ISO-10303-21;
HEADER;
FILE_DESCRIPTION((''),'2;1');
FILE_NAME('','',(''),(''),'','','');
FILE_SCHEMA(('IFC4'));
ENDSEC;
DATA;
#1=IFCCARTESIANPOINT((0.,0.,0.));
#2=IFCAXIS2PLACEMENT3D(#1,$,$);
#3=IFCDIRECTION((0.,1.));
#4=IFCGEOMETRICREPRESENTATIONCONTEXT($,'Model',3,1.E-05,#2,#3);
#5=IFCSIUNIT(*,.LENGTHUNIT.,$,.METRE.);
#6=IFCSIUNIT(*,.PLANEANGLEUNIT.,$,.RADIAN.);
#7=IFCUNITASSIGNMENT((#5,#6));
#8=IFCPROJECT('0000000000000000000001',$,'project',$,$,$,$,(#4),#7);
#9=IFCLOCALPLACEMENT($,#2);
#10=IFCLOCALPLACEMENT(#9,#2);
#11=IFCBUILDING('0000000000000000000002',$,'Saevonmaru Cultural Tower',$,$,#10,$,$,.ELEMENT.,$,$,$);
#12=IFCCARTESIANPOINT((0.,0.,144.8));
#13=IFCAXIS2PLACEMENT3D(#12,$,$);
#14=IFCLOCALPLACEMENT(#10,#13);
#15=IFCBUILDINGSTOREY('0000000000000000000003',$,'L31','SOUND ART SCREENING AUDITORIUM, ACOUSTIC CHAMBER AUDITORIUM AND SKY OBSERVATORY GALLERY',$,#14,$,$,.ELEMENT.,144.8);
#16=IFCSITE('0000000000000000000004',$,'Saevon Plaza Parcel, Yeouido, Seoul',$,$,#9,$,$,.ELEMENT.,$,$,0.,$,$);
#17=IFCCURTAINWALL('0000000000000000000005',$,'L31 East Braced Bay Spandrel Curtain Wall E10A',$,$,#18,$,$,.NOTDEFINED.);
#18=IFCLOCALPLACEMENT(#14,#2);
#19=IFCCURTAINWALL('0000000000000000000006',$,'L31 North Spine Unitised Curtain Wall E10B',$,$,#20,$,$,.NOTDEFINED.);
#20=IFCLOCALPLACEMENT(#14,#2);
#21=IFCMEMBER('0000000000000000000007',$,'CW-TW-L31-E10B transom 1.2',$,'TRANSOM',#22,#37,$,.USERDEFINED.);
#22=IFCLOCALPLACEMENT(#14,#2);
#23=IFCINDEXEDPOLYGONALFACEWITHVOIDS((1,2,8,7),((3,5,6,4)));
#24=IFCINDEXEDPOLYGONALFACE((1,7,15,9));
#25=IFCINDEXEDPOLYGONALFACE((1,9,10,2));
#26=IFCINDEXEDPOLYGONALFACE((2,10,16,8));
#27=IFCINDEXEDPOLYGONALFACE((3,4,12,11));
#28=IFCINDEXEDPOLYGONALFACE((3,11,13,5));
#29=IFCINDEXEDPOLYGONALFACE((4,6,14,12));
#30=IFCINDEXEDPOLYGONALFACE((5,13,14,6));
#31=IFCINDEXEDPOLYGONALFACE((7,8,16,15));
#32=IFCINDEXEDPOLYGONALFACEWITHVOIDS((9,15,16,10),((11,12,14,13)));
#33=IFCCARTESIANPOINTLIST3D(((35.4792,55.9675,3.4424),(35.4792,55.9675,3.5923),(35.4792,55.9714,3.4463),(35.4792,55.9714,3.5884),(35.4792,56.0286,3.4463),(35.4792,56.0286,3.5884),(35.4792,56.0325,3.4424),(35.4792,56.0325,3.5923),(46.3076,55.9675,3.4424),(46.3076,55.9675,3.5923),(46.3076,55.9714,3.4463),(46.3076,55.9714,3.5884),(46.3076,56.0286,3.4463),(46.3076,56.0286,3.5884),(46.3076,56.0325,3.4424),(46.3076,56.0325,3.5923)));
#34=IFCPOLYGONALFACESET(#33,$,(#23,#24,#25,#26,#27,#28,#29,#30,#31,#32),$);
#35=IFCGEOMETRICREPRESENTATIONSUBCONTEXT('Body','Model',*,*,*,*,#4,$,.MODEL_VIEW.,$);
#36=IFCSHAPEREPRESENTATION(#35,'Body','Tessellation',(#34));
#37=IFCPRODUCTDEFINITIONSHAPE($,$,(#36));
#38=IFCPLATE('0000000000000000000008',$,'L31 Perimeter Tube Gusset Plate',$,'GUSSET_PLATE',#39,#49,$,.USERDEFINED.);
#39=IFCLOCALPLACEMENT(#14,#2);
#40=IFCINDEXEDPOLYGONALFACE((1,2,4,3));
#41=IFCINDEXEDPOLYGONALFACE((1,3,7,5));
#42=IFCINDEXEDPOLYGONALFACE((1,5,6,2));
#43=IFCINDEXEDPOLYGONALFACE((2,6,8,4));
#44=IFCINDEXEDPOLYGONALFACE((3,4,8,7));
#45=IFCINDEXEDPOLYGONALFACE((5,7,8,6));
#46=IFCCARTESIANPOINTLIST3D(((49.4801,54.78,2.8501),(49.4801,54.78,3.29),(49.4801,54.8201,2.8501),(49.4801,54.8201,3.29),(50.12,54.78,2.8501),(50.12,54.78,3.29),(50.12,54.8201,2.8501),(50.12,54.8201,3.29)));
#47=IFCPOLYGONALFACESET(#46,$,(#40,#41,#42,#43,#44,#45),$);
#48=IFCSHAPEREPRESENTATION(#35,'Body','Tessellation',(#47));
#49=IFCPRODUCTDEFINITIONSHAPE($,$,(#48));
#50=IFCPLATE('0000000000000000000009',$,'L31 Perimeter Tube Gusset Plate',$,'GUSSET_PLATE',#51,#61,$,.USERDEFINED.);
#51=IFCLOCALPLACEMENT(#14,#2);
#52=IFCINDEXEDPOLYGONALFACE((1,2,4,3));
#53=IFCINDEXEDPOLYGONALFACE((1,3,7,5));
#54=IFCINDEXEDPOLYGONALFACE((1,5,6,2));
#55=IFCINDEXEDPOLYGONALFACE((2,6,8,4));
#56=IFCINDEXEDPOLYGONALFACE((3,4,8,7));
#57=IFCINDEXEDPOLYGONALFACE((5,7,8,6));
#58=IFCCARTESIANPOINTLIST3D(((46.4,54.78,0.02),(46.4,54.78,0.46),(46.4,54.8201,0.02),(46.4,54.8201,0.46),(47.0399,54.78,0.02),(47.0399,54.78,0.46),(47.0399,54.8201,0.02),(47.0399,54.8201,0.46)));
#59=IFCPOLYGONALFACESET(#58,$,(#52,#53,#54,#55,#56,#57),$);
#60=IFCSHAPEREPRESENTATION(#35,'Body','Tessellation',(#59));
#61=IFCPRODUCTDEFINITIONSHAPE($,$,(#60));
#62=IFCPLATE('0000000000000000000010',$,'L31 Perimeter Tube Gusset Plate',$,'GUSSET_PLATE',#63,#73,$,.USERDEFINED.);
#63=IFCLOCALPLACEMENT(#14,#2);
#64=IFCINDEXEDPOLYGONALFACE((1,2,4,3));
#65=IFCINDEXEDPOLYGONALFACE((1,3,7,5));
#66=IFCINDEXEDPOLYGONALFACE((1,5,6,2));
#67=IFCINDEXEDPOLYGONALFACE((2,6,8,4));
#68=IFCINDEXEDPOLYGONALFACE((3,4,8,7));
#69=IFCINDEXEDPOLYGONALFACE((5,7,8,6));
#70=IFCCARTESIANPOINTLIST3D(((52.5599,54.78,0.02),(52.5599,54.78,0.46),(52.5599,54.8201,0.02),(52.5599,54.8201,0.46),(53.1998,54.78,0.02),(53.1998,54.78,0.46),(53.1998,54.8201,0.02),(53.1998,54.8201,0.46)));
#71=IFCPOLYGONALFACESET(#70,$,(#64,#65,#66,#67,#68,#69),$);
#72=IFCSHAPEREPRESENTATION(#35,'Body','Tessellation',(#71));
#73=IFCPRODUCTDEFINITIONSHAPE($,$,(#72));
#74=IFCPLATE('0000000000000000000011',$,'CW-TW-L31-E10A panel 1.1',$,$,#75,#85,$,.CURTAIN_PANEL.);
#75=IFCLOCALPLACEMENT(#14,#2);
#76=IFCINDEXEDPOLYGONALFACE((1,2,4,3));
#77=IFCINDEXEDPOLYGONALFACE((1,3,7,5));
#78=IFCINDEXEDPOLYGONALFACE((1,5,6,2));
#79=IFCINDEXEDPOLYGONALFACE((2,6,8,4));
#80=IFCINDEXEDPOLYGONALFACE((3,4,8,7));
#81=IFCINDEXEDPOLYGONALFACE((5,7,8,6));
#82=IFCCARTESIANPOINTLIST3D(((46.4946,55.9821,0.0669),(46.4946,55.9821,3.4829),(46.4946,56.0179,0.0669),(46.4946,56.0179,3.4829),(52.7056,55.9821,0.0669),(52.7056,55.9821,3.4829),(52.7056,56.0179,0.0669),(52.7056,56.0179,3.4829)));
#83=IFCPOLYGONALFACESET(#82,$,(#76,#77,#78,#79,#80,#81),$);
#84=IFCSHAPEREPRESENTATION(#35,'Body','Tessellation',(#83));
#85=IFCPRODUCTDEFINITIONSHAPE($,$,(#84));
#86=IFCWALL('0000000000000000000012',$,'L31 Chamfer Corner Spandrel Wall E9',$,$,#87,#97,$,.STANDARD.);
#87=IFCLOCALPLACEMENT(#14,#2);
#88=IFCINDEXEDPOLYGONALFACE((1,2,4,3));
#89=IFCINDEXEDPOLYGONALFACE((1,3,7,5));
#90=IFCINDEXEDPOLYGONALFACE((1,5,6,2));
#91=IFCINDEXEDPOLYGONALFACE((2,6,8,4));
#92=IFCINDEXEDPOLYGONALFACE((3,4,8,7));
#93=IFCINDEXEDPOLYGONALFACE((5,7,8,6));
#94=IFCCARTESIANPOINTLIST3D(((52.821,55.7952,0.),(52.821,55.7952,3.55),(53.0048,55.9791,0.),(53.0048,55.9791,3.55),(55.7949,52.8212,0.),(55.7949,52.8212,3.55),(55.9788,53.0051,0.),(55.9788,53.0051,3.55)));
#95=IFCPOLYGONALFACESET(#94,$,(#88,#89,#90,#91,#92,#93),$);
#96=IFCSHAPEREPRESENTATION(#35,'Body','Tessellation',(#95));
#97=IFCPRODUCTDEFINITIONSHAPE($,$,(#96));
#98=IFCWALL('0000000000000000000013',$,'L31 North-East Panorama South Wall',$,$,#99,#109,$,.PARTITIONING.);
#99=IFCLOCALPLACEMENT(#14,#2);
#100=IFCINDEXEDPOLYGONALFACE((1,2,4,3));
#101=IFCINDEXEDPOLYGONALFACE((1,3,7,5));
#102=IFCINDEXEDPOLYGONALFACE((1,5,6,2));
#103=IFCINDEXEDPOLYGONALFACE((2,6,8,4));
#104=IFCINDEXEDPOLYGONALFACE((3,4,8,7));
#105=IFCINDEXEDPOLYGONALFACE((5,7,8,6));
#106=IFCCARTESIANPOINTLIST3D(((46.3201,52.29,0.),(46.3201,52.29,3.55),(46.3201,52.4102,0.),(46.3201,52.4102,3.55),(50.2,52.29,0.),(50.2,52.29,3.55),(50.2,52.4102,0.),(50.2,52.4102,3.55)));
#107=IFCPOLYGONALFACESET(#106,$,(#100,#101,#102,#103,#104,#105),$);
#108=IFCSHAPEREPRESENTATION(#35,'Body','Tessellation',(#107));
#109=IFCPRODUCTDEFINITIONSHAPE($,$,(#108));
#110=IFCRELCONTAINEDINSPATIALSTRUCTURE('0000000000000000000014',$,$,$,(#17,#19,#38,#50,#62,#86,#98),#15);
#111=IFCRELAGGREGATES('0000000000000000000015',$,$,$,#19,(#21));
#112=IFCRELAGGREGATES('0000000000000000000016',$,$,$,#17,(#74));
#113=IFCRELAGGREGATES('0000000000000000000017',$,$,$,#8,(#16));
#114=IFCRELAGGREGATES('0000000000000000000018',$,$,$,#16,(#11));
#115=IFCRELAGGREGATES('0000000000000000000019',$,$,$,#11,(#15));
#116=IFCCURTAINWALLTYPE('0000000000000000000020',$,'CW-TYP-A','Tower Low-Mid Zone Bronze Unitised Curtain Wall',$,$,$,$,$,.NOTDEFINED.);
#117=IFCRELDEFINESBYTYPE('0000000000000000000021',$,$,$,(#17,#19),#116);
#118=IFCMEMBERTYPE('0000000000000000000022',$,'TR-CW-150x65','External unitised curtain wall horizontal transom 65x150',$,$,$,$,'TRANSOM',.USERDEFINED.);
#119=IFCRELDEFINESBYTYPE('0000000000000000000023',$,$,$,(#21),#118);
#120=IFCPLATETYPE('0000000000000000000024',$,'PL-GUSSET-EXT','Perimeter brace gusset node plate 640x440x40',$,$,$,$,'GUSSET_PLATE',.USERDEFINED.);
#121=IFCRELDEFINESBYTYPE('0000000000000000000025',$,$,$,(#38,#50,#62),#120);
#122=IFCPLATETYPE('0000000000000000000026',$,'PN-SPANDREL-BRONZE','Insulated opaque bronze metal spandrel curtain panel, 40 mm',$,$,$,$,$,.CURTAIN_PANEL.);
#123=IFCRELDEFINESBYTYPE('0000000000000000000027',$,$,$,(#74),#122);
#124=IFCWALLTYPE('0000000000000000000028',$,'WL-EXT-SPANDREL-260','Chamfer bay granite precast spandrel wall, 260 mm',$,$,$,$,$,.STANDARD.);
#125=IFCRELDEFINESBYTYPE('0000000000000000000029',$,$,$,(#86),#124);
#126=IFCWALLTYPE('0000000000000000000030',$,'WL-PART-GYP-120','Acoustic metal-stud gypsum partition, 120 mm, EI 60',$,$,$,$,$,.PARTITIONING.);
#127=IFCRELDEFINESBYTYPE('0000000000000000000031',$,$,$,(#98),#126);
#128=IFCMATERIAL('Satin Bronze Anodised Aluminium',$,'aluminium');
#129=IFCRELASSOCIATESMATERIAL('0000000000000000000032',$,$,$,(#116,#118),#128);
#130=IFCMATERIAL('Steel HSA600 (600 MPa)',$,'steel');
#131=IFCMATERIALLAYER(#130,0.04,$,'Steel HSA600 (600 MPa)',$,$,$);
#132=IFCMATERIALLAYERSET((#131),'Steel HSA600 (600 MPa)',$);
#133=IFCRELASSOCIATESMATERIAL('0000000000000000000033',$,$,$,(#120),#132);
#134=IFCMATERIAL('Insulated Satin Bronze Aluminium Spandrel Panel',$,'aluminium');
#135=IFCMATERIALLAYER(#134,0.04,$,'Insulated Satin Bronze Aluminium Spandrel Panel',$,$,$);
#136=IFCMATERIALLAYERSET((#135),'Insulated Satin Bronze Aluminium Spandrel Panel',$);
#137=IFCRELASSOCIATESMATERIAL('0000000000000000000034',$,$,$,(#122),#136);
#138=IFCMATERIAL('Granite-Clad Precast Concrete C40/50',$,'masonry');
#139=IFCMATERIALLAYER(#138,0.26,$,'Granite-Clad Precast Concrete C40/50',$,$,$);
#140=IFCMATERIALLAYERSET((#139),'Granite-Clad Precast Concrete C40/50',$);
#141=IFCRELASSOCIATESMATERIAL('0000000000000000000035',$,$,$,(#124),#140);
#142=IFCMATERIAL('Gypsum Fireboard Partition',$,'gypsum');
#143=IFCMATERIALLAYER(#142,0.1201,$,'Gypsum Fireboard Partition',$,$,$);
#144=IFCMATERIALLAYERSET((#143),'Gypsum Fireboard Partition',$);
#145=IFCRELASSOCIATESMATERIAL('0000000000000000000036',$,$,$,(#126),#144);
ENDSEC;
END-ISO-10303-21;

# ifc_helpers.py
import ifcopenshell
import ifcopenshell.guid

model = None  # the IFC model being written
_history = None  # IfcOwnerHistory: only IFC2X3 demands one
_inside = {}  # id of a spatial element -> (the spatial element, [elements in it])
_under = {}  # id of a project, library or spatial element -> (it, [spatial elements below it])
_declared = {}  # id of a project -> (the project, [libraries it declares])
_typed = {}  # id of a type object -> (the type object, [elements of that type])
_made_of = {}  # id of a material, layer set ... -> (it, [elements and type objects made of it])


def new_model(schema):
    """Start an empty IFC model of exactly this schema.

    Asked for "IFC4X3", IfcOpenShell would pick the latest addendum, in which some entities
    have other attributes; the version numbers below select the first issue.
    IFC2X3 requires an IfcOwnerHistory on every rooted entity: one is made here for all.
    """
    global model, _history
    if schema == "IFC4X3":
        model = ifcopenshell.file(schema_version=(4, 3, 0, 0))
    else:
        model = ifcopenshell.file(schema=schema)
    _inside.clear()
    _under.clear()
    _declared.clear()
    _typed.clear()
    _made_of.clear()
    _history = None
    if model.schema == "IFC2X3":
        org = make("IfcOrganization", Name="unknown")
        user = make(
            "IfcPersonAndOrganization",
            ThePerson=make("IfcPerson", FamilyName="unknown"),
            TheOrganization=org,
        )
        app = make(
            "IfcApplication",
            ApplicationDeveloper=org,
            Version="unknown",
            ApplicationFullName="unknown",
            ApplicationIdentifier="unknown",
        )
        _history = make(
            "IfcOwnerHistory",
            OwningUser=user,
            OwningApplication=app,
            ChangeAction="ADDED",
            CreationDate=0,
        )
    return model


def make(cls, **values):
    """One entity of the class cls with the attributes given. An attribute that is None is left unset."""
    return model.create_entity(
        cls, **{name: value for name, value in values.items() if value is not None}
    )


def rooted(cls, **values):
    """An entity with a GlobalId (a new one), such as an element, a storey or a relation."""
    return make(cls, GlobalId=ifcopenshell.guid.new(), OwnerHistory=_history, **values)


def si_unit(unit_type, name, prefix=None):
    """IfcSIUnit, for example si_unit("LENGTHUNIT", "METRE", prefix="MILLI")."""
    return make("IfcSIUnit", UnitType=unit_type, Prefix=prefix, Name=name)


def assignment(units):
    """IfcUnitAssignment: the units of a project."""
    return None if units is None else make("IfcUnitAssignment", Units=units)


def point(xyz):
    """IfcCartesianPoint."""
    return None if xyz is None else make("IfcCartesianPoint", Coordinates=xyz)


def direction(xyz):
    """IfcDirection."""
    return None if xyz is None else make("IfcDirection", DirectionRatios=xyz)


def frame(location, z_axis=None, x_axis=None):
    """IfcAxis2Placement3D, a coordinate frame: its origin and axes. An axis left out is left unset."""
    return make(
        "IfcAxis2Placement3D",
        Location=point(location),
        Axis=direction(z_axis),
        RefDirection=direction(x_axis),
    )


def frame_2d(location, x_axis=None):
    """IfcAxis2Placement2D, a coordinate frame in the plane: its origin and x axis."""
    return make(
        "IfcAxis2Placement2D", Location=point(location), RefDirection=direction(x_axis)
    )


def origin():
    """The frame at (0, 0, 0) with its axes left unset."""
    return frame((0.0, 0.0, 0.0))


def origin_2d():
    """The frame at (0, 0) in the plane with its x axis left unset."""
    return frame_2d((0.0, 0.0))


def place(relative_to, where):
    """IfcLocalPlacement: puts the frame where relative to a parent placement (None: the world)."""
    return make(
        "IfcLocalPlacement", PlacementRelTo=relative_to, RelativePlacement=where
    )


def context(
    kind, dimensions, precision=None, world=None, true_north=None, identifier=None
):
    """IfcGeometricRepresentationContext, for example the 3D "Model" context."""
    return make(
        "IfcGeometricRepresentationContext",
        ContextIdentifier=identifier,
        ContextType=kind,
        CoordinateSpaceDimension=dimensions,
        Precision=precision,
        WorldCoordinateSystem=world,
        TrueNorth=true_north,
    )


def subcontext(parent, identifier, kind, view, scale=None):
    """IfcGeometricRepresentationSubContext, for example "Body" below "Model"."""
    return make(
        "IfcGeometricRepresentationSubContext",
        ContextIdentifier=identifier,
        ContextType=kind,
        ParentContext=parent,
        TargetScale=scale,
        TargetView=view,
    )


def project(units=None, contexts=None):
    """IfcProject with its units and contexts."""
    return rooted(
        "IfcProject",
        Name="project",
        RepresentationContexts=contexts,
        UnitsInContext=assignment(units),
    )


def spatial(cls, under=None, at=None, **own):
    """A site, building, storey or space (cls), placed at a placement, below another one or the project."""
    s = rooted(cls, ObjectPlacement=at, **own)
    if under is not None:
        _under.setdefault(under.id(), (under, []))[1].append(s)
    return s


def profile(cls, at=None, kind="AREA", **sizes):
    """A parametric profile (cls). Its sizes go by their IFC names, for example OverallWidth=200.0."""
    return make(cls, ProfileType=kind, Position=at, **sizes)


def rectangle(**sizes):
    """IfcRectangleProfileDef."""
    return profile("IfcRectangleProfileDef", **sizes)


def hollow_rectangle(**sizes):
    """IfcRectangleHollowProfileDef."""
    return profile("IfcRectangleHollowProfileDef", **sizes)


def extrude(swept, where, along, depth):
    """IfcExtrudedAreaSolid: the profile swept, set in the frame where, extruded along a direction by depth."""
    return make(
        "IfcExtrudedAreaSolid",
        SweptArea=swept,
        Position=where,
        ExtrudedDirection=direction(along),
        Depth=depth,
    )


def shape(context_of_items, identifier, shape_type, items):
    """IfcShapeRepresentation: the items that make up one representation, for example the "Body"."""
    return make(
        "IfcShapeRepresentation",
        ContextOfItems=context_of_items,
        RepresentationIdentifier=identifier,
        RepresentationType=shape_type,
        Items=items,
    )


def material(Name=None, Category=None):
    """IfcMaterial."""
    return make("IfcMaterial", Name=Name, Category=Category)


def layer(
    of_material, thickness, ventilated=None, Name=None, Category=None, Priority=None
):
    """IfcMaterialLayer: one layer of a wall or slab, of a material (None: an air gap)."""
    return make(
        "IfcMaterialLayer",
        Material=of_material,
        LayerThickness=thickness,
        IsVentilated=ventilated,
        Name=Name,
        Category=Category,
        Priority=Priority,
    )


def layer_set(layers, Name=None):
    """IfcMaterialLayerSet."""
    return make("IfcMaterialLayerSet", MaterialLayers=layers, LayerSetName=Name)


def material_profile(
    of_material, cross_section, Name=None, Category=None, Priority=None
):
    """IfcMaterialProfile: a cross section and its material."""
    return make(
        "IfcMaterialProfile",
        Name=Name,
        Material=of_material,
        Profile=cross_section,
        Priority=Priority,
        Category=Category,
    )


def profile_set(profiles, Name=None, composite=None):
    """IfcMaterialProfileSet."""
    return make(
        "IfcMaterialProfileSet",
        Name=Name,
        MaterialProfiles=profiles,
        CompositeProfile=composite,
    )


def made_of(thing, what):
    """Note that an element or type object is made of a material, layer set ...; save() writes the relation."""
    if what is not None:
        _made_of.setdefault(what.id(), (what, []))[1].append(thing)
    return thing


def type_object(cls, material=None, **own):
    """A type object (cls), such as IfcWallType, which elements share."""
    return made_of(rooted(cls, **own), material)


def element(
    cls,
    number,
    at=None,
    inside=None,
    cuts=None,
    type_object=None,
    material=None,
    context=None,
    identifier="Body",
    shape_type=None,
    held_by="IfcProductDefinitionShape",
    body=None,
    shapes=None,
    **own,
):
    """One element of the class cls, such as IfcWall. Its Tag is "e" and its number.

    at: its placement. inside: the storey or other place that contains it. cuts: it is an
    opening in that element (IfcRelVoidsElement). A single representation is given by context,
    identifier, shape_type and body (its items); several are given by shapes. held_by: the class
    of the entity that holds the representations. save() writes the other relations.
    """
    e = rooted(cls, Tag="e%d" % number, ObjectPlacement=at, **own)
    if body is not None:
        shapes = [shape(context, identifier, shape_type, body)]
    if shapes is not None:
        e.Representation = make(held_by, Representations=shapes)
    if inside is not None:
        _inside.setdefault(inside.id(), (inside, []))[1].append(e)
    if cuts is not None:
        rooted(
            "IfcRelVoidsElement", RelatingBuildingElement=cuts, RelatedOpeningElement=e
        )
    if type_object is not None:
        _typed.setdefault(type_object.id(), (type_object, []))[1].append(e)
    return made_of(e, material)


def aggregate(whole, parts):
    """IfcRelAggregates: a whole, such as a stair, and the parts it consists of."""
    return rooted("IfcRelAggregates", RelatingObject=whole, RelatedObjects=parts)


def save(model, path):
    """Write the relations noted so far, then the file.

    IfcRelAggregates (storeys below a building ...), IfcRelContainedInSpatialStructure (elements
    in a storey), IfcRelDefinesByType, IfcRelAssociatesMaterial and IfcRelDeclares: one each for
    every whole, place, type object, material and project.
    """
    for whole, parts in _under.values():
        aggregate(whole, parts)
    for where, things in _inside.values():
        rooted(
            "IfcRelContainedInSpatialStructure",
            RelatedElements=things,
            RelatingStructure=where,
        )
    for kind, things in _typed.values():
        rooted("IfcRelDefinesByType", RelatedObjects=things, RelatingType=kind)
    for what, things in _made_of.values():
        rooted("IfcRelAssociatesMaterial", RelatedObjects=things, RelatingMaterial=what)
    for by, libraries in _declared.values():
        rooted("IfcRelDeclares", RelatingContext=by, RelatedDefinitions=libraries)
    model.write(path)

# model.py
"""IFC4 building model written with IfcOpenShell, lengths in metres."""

from ifc_helpers import new_model, si_unit, direction, frame, frame_2d, origin, origin_2d, place, context, subcontext, project, spatial, rectangle, hollow_rectangle, extrude, material, layer, layer_set, material_profile, profile_set, type_object, element, aggregate, save


model = new_model("IFC4")

# Units and contexts
model_context = context("Model", 3, precision=1e-05, world=origin(), true_north=direction((0.0, 1.0)))
body_context = subcontext(model_context, "Body", "Model", "MODEL_VIEW")
ifc_project = project(units=[si_unit("LENGTHUNIT", "METRE"), si_unit("PLANEANGLEUNIT", "RADIAN")], contexts=[model_context])

# Site, building, storey
site_placement = place(None, origin())
site = spatial("IfcSite", under=ifc_project, at=site_placement, Name="Saevon Plaza Parcel, Yeouido, Seoul", CompositionType="ELEMENT", RefElevation=0.0)
building_placement = place(site_placement, origin())
building = spatial("IfcBuilding", under=site, at=building_placement, Name="Saevonmaru Cultural Tower", CompositionType="ELEMENT")
storey_placement = place(building_placement, frame((0.0, 0.0, 144.8)))
storey = spatial("IfcBuildingStorey", under=building, at=storey_placement, Name="L31", Description="SOUND ART SCREENING AUDITORIUM, ACOUSTIC CHAMBER AUDITORIUM AND SKY OBSERVATORY GALLERY", CompositionType="ELEMENT", Elevation=144.8)

# Shared definitions
ifc_material_1 = material(Name="Satin Bronze Anodised Aluminium", Category="aluminium")
curtain_wall_type = type_object("IfcCurtainWallType", Name="CW-TYP-A", Description="Tower Low-Mid Zone Bronze Unitised Curtain Wall", PredefinedType="NOTDEFINED", material=ifc_material_1)

# Curtain wall
curtain_wall_1_placement = place(storey_placement, origin())
curtain_wall_1 = element("IfcCurtainWall", 1, at=curtain_wall_1_placement, inside=storey, type_object=curtain_wall_type, Name="L31 East Braced Bay Spandrel Curtain Wall E10A", PredefinedType="NOTDEFINED")

# Curtain wall
curtain_wall_2_placement = place(storey_placement, origin())
curtain_wall_2 = element("IfcCurtainWall", 2, at=curtain_wall_2_placement, inside=storey, type_object=curtain_wall_type, Name="L31 North Spine Unitised Curtain Wall E10B", PredefinedType="NOTDEFINED")

# Member
ifc_material_profile_1 = material_profile(ifc_material_1, hollow_rectangle(XDim=0.0649, YDim=0.1499, WallThickness=0.0039, at=origin_2d()), Name="ALU-TRAN-150x65x4")
ifc_profile_set_1 = profile_set([ifc_material_profile_1], Name="Satin Bronze Anodised Aluminium")
member_type_1 = type_object("IfcMemberType", Name="TR-CW-150x65", Description="External unitised curtain wall horizontal transom 65x150", ElementType="TRANSOM", PredefinedType="USERDEFINED", material=ifc_profile_set_1)
member_1_placement = place(storey_placement, frame((46.3076, 56.0, 3.5173), z_axis=(-1.0, 0.0, 0.0), x_axis=(0.0, -1.0, 0.0)))
member_1 = element("IfcMember", 3, at=member_1_placement, type_object=member_type_1, Name="CW-TW-L31-E10B transom 1.2", ObjectType="TRANSOM", PredefinedType="USERDEFINED", context=body_context, shape_type="SweptSolid", body=[
    extrude(hollow_rectangle(XDim=0.0649, YDim=0.1499, WallThickness=0.0039, at=origin_2d()), origin(), (0.0, 0.0, 1.0), 10.8284),
])
aggregate(curtain_wall_2, [member_1])

# Plates
ifc_material_2 = material(Name="Steel HSA600 (600 MPa)", Category="steel")
ifc_layer_1 = layer(ifc_material_2, 0.04, Name="Steel HSA600 (600 MPa)")
ifc_layer_set_1 = layer_set([ifc_layer_1], Name="Steel HSA600 (600 MPa)")
plate_type_1 = type_object("IfcPlateType", Name="PL-GUSSET-EXT", Description="Perimeter brace gusset node plate 640x440x40", ElementType="GUSSET_PLATE", PredefinedType="USERDEFINED", material=ifc_layer_set_1)
for number, where, z_axis, x_axis, name in (
    (4, (49.8, 54.8, 2.8501), (0.0, 0.0, 1.0), (1.0, 0.0, 0.0), "L31 Perimeter Tube Gusset Plate"),
    (5, (46.72, 54.8, 0.02), (0.0, 0.0, 1.0), (1.0, 0.0, 0.0), "L31 Perimeter Tube Gusset Plate"),
    (6, (52.8799, 54.8, 0.02), (0.0, 0.0, 1.0), (1.0, 0.0, 0.0), "L31 Perimeter Tube Gusset Plate"),
):
    element("IfcPlate", number, at=place(storey_placement, frame(where, z_axis=z_axis, x_axis=x_axis)), inside=storey, type_object=plate_type_1, Name=name, ObjectType="GUSSET_PLATE", PredefinedType="USERDEFINED", context=body_context, shape_type="SweptSolid", body=[
        extrude(rectangle(XDim=0.6399, YDim=0.04, at=origin_2d()), origin(), (0.0, 0.0, 1.0), 0.4399),
    ])

# Plate
ifc_material_3 = material(Name="Insulated Satin Bronze Aluminium Spandrel Panel", Category="aluminium")
ifc_layer_2 = layer(ifc_material_3, 0.04, Name="Insulated Satin Bronze Aluminium Spandrel Panel")
ifc_layer_set_2 = layer_set([ifc_layer_2], Name="Insulated Satin Bronze Aluminium Spandrel Panel")
plate_type_2 = type_object("IfcPlateType", Name="PN-SPANDREL-BRONZE", Description="Insulated opaque bronze metal spandrel curtain panel, 40 mm", PredefinedType="CURTAIN_PANEL", material=ifc_layer_set_2)
plate_placement = place(storey_placement, frame((49.6001, 56.0, 0.0669), z_axis=(0.0, 0.0, 1.0), x_axis=(-1.0, 0.0, 0.0)))
plate = element("IfcPlate", 7, at=plate_placement, type_object=plate_type_2, Name="CW-TW-L31-E10A panel 1.1", PredefinedType="CURTAIN_PANEL", context=body_context, shape_type="SweptSolid", body=[
    extrude(rectangle(XDim=6.2109, YDim=0.0359, at=origin_2d()), origin(), (0.0, 0.0, 1.0), 3.416),
])
aggregate(curtain_wall_1, [plate])

# Wall
ifc_material_4 = material(Name="Granite-Clad Precast Concrete C40/50", Category="masonry")
ifc_layer_3 = layer(ifc_material_4, 0.26, Name="Granite-Clad Precast Concrete C40/50")
ifc_layer_set_3 = layer_set([ifc_layer_3], Name="Granite-Clad Precast Concrete C40/50")
wall_type_1 = type_object("IfcWallType", Name="WL-EXT-SPANDREL-260", Description="Chamfer bay granite precast spandrel wall, 260 mm", PredefinedType="STANDARD", material=ifc_layer_set_3)
wall_1_placement = place(storey_placement, frame((55.887, 52.9131, 0.0), z_axis=(0.0, 0.0, 1.0), x_axis=(-0.707107, 0.707107, 0.0)))
element("IfcWall", 8, at=wall_1_placement, inside=storey, type_object=wall_type_1, Name="L31 Chamfer Corner Spandrel Wall E9", PredefinedType="STANDARD", context=body_context, shape_type="SweptSolid", body=[
    extrude(rectangle(XDim=4.2058, YDim=0.26, at=frame_2d((2.103, 0.0))), origin(), (0.0, 0.0, 1.0), 3.55),
])

# Shared definitions
ifc_material_5 = material(Name="Gypsum Fireboard Partition", Category="gypsum")

# Wall
ifc_layer_4 = layer(ifc_material_5, 0.1201, Name="Gypsum Fireboard Partition")
ifc_layer_set_4 = layer_set([ifc_layer_4], Name="Gypsum Fireboard Partition")
wall_type_2 = type_object("IfcWallType", Name="WL-PART-GYP-120", Description="Acoustic metal-stud gypsum partition, 120 mm, EI 60", PredefinedType="PARTITIONING", material=ifc_layer_set_4)
wall_2_placement = place(storey_placement, frame((46.3201, 52.3501, 0.0), z_axis=(0.0, 0.0, 1.0), x_axis=(1.0, 0.0, 0.0)))
element("IfcWall", 9, at=wall_2_placement, inside=storey, type_object=wall_type_2, Name="L31 North-East Panorama South Wall", PredefinedType="PARTITIONING", context=body_context, shape_type="SweptSolid", body=[
    extrude(rectangle(XDim=3.8799, YDim=0.1201, at=frame_2d((1.9399, 0.0))), origin(), (0.0, 0.0, 1.0), 3.55),
])

save(model, "model.ifc")
